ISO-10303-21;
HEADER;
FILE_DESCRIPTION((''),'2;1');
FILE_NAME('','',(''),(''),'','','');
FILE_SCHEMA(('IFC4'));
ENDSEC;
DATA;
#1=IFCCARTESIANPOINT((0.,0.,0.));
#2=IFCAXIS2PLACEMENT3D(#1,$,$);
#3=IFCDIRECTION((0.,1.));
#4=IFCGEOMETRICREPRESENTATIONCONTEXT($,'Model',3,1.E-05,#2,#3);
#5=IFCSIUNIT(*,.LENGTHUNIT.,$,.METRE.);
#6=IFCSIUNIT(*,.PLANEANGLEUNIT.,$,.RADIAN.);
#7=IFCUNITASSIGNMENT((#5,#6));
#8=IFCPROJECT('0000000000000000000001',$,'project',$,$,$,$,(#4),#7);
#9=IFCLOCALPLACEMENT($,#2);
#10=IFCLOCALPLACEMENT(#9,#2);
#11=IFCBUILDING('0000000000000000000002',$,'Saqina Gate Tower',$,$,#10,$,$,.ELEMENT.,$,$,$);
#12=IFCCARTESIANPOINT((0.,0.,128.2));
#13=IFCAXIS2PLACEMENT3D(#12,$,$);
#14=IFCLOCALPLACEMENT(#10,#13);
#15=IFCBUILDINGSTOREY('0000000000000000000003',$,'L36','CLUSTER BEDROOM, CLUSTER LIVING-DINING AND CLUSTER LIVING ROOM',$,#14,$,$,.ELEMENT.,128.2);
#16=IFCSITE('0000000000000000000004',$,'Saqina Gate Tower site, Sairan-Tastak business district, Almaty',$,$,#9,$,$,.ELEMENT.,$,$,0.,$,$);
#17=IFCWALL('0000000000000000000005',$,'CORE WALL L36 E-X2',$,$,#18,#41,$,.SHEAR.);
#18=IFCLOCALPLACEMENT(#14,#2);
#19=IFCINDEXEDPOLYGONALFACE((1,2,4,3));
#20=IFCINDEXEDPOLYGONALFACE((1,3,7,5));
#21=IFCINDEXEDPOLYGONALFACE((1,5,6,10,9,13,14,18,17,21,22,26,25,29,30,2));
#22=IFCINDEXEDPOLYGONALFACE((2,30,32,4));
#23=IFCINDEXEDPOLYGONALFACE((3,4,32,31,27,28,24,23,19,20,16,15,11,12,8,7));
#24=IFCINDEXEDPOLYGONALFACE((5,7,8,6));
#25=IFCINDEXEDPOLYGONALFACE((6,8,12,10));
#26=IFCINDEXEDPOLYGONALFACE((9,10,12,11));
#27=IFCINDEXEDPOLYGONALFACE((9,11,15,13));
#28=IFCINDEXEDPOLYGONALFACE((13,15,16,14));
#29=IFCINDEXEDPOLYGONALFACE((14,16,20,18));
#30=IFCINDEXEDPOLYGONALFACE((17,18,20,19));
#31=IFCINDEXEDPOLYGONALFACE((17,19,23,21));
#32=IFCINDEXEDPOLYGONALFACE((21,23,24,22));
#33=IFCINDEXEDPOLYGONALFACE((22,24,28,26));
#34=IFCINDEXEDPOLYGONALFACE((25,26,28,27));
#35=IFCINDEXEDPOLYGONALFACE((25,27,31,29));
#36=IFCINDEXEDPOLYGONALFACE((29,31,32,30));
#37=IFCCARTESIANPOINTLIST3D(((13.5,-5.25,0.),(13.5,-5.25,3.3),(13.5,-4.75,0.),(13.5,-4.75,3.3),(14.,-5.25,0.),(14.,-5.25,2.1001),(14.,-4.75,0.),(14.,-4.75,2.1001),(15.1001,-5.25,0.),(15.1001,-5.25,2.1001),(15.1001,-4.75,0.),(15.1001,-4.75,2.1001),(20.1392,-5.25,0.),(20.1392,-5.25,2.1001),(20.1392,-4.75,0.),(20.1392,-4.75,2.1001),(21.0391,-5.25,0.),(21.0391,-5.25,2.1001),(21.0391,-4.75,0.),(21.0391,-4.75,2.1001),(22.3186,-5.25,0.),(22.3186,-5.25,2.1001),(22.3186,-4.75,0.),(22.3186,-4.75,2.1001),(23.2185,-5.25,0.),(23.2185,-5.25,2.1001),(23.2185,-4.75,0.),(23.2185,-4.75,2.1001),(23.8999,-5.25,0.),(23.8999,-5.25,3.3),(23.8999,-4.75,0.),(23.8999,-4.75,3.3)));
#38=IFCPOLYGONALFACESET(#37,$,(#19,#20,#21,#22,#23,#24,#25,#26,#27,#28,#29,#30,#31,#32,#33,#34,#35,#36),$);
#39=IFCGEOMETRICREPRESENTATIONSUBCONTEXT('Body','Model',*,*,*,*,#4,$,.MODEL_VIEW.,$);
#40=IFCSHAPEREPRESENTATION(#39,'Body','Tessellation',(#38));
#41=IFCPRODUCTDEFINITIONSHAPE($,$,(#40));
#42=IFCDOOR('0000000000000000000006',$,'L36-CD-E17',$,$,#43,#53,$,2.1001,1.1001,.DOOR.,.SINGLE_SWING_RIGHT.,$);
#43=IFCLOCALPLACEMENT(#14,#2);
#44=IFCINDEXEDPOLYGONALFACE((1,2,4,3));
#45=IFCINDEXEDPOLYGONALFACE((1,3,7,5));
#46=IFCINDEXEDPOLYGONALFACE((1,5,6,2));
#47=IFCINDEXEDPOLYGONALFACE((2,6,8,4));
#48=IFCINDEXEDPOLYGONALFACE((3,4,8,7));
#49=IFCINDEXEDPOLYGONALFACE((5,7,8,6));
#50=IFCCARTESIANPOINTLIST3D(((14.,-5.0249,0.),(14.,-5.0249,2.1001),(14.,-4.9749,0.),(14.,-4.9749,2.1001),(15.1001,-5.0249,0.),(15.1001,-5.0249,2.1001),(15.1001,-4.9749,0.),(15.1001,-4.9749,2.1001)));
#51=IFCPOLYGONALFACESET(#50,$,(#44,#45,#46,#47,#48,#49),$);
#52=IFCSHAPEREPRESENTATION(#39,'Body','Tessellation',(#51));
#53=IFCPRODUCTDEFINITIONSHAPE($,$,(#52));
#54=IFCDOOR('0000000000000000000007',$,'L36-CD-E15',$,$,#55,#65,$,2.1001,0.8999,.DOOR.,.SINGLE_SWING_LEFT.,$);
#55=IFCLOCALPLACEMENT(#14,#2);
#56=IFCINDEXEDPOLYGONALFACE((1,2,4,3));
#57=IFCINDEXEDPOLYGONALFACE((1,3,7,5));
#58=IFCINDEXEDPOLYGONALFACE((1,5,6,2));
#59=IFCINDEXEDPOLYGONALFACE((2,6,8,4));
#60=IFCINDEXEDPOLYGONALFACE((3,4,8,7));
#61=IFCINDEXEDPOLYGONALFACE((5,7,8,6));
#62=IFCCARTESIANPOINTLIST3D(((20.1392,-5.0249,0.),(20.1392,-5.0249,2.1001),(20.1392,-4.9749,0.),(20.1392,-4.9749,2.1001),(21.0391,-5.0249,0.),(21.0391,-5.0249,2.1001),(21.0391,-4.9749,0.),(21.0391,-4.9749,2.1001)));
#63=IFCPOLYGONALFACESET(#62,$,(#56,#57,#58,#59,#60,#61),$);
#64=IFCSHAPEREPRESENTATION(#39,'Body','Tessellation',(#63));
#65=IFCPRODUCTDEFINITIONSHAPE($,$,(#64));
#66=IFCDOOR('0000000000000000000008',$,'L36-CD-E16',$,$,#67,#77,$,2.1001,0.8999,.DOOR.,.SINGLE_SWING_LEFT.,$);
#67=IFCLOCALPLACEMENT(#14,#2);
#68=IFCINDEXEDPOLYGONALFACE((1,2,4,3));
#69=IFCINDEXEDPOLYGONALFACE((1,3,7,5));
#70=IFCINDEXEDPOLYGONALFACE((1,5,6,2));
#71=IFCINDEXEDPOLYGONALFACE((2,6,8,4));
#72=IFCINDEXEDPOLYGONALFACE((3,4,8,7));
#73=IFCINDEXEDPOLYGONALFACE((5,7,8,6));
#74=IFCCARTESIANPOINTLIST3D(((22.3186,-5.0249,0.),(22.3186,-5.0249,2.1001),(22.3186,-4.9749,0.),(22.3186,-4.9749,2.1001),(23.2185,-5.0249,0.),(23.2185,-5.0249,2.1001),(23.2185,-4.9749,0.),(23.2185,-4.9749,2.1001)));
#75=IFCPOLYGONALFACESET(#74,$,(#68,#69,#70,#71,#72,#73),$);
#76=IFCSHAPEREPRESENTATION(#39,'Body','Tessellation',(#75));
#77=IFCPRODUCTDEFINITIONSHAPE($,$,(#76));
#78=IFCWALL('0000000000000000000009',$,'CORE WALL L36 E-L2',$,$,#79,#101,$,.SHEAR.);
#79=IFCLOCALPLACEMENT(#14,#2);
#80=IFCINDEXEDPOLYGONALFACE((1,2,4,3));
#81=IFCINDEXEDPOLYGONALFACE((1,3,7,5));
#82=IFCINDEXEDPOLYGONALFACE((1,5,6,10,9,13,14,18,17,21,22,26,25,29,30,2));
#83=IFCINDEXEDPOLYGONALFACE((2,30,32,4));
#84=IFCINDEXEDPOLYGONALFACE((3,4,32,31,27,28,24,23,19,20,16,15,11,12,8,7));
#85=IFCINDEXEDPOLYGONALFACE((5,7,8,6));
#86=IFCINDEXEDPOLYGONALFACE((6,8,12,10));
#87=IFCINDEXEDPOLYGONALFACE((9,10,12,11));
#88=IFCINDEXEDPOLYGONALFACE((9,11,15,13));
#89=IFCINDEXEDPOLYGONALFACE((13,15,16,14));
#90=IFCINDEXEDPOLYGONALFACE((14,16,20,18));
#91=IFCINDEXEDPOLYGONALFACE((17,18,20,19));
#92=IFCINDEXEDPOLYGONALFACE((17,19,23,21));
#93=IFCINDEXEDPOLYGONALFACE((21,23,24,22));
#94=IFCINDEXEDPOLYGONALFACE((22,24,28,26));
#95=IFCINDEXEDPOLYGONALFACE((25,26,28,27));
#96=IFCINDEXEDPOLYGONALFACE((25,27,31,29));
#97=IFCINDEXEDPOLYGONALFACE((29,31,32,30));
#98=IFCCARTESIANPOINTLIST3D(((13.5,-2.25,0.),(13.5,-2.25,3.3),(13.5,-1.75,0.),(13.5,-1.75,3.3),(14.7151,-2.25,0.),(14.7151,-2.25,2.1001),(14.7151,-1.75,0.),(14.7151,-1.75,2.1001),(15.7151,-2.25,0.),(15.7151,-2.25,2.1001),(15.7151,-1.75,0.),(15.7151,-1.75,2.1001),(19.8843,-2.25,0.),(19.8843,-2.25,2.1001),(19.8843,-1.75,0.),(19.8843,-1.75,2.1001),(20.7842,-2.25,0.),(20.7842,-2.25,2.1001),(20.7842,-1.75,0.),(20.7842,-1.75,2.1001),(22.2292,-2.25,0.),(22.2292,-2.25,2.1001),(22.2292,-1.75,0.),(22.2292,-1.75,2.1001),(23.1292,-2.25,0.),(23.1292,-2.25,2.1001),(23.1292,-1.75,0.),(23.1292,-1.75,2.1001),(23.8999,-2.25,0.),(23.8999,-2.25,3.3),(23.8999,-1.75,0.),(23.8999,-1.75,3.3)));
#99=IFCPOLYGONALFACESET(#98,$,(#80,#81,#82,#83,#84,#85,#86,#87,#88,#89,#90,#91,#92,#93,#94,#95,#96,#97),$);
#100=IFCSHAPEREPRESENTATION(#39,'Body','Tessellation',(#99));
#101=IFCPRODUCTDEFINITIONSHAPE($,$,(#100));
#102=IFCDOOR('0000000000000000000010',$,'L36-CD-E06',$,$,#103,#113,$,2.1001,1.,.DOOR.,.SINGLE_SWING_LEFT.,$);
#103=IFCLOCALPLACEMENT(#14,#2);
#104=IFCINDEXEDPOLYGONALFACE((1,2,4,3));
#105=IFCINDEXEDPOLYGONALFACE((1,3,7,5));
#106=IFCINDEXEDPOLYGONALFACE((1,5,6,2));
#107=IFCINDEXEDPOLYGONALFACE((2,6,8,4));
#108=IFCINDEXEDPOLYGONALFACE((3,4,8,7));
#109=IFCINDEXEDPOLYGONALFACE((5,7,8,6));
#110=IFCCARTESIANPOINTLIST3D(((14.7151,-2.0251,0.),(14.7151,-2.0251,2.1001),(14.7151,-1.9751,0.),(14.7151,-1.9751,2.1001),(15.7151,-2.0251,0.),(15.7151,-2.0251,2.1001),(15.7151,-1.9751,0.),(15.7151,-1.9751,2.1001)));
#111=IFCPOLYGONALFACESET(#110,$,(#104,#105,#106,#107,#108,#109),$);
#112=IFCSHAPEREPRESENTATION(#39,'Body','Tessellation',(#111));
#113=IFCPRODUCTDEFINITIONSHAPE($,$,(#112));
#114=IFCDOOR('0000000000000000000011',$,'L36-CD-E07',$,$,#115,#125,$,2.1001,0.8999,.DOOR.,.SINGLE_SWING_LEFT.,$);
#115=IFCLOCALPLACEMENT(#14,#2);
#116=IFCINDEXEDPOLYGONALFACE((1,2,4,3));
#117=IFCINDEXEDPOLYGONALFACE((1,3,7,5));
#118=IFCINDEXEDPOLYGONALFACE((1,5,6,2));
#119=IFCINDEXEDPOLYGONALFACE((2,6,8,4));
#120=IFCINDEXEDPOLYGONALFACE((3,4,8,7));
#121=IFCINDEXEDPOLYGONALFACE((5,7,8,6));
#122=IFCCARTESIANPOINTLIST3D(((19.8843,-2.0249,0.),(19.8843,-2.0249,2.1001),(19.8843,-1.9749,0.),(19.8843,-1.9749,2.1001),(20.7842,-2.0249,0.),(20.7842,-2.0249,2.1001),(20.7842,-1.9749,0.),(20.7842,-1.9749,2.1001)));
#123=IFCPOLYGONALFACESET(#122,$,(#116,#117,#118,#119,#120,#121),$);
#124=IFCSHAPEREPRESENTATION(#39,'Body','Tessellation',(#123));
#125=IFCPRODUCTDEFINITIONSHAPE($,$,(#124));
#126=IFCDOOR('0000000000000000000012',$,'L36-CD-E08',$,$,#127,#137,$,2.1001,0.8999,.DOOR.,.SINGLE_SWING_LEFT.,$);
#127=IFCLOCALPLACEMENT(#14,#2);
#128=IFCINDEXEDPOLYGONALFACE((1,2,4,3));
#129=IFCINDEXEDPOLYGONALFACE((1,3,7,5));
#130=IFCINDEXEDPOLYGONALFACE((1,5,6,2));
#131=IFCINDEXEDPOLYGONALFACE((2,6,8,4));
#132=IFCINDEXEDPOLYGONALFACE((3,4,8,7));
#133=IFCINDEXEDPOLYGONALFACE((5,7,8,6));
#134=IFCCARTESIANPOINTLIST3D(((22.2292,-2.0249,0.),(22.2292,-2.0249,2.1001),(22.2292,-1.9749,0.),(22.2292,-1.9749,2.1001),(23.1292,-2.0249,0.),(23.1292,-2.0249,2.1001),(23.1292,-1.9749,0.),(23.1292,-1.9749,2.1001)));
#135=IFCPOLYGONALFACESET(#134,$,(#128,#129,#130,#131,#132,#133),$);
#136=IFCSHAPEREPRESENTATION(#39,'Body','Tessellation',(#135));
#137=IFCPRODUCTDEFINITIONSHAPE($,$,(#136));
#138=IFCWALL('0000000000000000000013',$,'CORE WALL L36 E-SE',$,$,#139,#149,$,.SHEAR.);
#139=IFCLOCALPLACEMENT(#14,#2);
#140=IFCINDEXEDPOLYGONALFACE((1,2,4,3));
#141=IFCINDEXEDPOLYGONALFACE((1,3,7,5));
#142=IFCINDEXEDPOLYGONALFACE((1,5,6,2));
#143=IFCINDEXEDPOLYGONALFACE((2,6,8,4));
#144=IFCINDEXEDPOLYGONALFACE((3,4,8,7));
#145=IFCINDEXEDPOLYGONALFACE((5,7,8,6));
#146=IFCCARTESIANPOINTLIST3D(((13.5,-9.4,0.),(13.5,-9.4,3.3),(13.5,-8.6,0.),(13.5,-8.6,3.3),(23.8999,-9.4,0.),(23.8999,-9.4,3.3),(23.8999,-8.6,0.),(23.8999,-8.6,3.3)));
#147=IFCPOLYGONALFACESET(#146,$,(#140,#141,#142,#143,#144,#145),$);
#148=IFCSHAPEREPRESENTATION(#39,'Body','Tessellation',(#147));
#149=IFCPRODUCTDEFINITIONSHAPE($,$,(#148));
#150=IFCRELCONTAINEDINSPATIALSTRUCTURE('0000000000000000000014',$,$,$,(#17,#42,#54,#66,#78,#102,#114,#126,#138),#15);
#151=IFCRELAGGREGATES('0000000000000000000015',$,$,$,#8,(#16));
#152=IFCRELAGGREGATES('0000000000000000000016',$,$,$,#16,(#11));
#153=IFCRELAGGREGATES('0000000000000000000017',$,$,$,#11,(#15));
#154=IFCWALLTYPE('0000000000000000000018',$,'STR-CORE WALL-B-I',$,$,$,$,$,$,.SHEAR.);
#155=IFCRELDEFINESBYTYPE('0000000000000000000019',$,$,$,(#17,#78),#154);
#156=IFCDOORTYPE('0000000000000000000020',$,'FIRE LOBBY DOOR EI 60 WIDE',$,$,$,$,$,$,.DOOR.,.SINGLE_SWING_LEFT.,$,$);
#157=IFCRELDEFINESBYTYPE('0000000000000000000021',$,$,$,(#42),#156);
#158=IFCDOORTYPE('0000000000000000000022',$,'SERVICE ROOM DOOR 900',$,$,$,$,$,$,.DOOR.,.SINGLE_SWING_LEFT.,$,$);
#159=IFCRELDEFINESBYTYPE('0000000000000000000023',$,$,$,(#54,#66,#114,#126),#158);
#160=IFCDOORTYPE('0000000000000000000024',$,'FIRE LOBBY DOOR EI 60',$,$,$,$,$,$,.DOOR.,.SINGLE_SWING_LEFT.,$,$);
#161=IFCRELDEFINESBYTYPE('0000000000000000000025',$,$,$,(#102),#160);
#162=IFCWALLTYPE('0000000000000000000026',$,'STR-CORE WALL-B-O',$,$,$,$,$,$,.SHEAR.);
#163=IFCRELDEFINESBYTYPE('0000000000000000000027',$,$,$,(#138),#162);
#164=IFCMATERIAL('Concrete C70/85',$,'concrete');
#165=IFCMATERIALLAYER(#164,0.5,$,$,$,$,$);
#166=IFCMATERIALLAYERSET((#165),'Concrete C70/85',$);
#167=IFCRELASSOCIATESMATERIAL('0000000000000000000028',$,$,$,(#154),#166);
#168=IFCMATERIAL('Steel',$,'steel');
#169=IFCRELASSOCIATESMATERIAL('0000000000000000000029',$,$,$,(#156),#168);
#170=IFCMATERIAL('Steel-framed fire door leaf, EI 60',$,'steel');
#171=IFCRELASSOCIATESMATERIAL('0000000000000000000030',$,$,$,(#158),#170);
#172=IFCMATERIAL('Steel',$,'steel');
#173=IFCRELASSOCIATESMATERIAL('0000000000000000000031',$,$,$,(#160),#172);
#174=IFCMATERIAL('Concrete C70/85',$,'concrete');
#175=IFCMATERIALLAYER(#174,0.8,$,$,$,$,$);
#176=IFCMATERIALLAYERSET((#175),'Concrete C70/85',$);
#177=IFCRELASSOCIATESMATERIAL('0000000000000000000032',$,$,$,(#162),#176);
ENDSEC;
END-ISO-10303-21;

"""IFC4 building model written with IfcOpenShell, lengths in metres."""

from ifc_helpers import new_model, si_unit, direction, frame, frame_2d, origin, place, context, subcontext, project, spatial, rectangle, extrude, material, layer, layer_set, type_object, element, fill, save


model = new_model("IFC4")

# Units and contexts
model_context = context("Model", 3, precision=1e-05, world=origin(), true_north=direction((0.0, 1.0)))
body_context = subcontext(model_context, "Body", "Model", "MODEL_VIEW")
ifc_project = project(units=[si_unit("LENGTHUNIT", "METRE"), si_unit("PLANEANGLEUNIT", "RADIAN")], contexts=[model_context])

# Site, building, storey
site_placement = place(None, origin())
site = spatial("IfcSite", under=ifc_project, at=site_placement, Name="Saqina Gate Tower site, Sairan-Tastak business district, Almaty", CompositionType="ELEMENT", RefElevation=0.0)
building_placement = place(site_placement, origin())
building = spatial("IfcBuilding", under=site, at=building_placement, Name="Saqina Gate Tower", CompositionType="ELEMENT")
storey_placement = place(building_placement, frame((0.0, 0.0, 128.2)))
storey = spatial("IfcBuildingStorey", under=building, at=storey_placement, Name="L36", Description="CLUSTER BEDROOM, CLUSTER LIVING-DINING AND CLUSTER LIVING ROOM", CompositionType="ELEMENT", Elevation=128.2)

# Walls, openings, doors
ifc_material_1 = material(Name="Concrete C70/85", Category="concrete")
ifc_layer_1 = layer(ifc_material_1, 0.5)
ifc_layer_set_1 = layer_set([ifc_layer_1], Name="Concrete C70/85")
wall_type_1 = type_object("IfcWallType", Name="STR-CORE WALL-B-I", PredefinedType="SHEAR", material=ifc_layer_set_1)
wall_1_placement = place(storey_placement, frame((13.5, -5.0, 0.0), z_axis=(0.0, 0.0, 1.0), x_axis=(1.0, 0.0, 0.0)))
wall_1 = element("IfcWall", 1, at=wall_1_placement, inside=storey, type_object=wall_type_1, Name="CORE WALL L36 E-X2", PredefinedType="SHEAR", context=body_context, shape_type="SweptSolid", body=[
    extrude(rectangle(XDim=10.3999, YDim=0.5, at=frame_2d((5.2, 0.0))), origin(), (0.0, 0.0, 1.0), 3.3),
])
opening_1_placement = place(wall_1_placement, frame((6.6392, 0.0, 0.0)))
opening_1 = element("IfcOpeningElement", 2, at=opening_1_placement, cuts=wall_1, PredefinedType="OPENING", context=body_context, shape_type="SweptSolid", body=[
    extrude(rectangle(XDim=0.8999, YDim=2.1001, at=frame_2d((0.45, 1.05))), frame((0.0, 0.262, 0.0), z_axis=(0.0, -1.0, 0.0), x_axis=(1.0, 0.0, 0.0)), (0.0, 0.0, 1.0), 0.5239),
])
opening_2_placement = place(wall_1_placement, frame((8.8186, 0.0, 0.0)))
opening_2 = element("IfcOpeningElement", 3, at=opening_2_placement, cuts=wall_1, PredefinedType="OPENING", context=body_context, shape_type="SweptSolid", body=[
    extrude(rectangle(XDim=0.8999, YDim=2.1001, at=frame_2d((0.45, 1.05))), frame((0.0, 0.262, 0.0), z_axis=(0.0, -1.0, 0.0), x_axis=(1.0, 0.0, 0.0)), (0.0, 0.0, 1.0), 0.5239),
])
opening_3_placement = place(wall_1_placement, frame((0.5, 0.0, 0.0)))
opening_3 = element("IfcOpeningElement", 4, at=opening_3_placement, cuts=wall_1, PredefinedType="OPENING", context=body_context, shape_type="SweptSolid", body=[
    extrude(rectangle(XDim=1.1001, YDim=2.1001, at=frame_2d((0.55, 1.05))), frame((0.0, 0.262, 0.0), z_axis=(0.0, -1.0, 0.0), x_axis=(1.0, 0.0, 0.0)), (0.0, 0.0, 1.0), 0.5239),
])
ifc_material_2 = material(Name="Steel", Category="steel")
door_type_1 = type_object("IfcDoorType", Name="FIRE LOBBY DOOR EI 60 WIDE", OperationType="SINGLE_SWING_LEFT", PredefinedType="DOOR", material=ifc_material_2)
door_1_placement = place(opening_3_placement, frame((1.1001, 0.0, 0.0), z_axis=(0.0, 0.0, 1.0), x_axis=(-1.0, 0.0, 0.0)))
door_1 = element("IfcDoor", 5, at=door_1_placement, inside=storey, type_object=door_type_1, Name="L36-CD-E17", OperationType="SINGLE_SWING_RIGHT", OverallHeight=2.1001, OverallWidth=1.1001, PredefinedType="DOOR", context=body_context, shape_type="SweptSolid", body=[
    extrude(rectangle(XDim=1.1001, YDim=2.1001, at=frame_2d((0.55, 1.05))), frame((0.0, 0.0249, 0.0), z_axis=(0.0, -1.0, 0.0), x_axis=(1.0, 0.0, 0.0)), (0.0, 0.0, 1.0), 0.05),
])
fill(opening_3, door_1)
ifc_material_3 = material(Name="Steel-framed fire door leaf, EI 60", Category="steel")
door_type_2 = type_object("IfcDoorType", Name="SERVICE ROOM DOOR 900", OperationType="SINGLE_SWING_LEFT", PredefinedType="DOOR", material=ifc_material_3)
door_2_placement = place(opening_1_placement, frame((0.8999, 0.0, 0.0), z_axis=(0.0, 0.0, 1.0), x_axis=(-1.0, 0.0, 0.0)))
door_2 = element("IfcDoor", 6, at=door_2_placement, inside=storey, type_object=door_type_2, Name="L36-CD-E15", OperationType="SINGLE_SWING_LEFT", OverallHeight=2.1001, OverallWidth=0.8999, PredefinedType="DOOR", context=body_context, shape_type="SweptSolid", body=[
    extrude(rectangle(XDim=0.8999, YDim=2.1001, at=frame_2d((0.45, 1.05))), frame((0.0, 0.0249, 0.0), z_axis=(0.0, -1.0, 0.0), x_axis=(1.0, 0.0, 0.0)), (0.0, 0.0, 1.0), 0.05),
])
fill(opening_1, door_2)
door_3_placement = place(opening_2_placement, frame((0.8999, 0.0, 0.0), z_axis=(0.0, 0.0, 1.0), x_axis=(-1.0, 0.0, 0.0)))
door_3 = element("IfcDoor", 7, at=door_3_placement, inside=storey, type_object=door_type_2, Name="L36-CD-E16", OperationType="SINGLE_SWING_LEFT", OverallHeight=2.1001, OverallWidth=0.8999, PredefinedType="DOOR", context=body_context, shape_type="SweptSolid", body=[
    extrude(rectangle(XDim=0.8999, YDim=2.1001, at=frame_2d((0.45, 1.05))), frame((0.0, 0.0249, 0.0), z_axis=(0.0, -1.0, 0.0), x_axis=(1.0, 0.0, 0.0)), (0.0, 0.0, 1.0), 0.05),
])
fill(opening_2, door_3)
wall_2_placement = place(storey_placement, frame((13.5, -2.0, 0.0), z_axis=(0.0, 0.0, 1.0), x_axis=(1.0, 0.0, 0.0)))
wall_2 = element("IfcWall", 8, at=wall_2_placement, inside=storey, type_object=wall_type_1, Name="CORE WALL L36 E-L2", PredefinedType="SHEAR", context=body_context, shape_type="SweptSolid", body=[
    extrude(rectangle(XDim=10.3999, YDim=0.5, at=frame_2d((5.2, 0.0))), origin(), (0.0, 0.0, 1.0), 3.3),
])
opening_4_placement = place(wall_2_placement, frame((1.2151, 0.0, 0.0)))
opening_4 = element("IfcOpeningElement", 9, at=opening_4_placement, cuts=wall_2, PredefinedType="OPENING", context=body_context, shape_type="SweptSolid", body=[
    extrude(rectangle(XDim=1.0, YDim=2.1001, at=frame_2d((0.5, 1.05))), frame((0.0, 0.262, 0.0), z_axis=(0.0, -1.0, 0.0), x_axis=(1.0, 0.0, 0.0)), (0.0, 0.0, 1.0), 0.5239),
])
opening_5_placement = place(wall_2_placement, frame((6.3843, 0.0, 0.0)))
opening_5 = element("IfcOpeningElement", 10, at=opening_5_placement, cuts=wall_2, PredefinedType="OPENING", context=body_context, shape_type="SweptSolid", body=[
    extrude(rectangle(XDim=0.8999, YDim=2.1001, at=frame_2d((0.45, 1.05))), frame((0.0, 0.262, 0.0), z_axis=(0.0, -1.0, 0.0), x_axis=(1.0, 0.0, 0.0)), (0.0, 0.0, 1.0), 0.5239),
])
opening_6_placement = place(wall_2_placement, frame((8.7292, 0.0, 0.0)))
opening_6 = element("IfcOpeningElement", 11, at=opening_6_placement, cuts=wall_2, PredefinedType="OPENING", context=body_context, shape_type="SweptSolid", body=[
    extrude(rectangle(XDim=0.8999, YDim=2.1001, at=frame_2d((0.45, 1.05))), frame((0.0, 0.262, 0.0), z_axis=(0.0, -1.0, 0.0), x_axis=(1.0, 0.0, 0.0)), (0.0, 0.0, 1.0), 0.5239),
])
ifc_material_4 = material(Name="Steel", Category="steel")
door_type_3 = type_object("IfcDoorType", Name="FIRE LOBBY DOOR EI 60", OperationType="SINGLE_SWING_LEFT", PredefinedType="DOOR", material=ifc_material_4)
door_4_placement = place(opening_4_placement, origin())
door_4 = element("IfcDoor", 12, at=door_4_placement, inside=storey, type_object=door_type_3, Name="L36-CD-E06", OperationType="SINGLE_SWING_LEFT", OverallHeight=2.1001, OverallWidth=1.0, PredefinedType="DOOR", context=body_context, shape_type="SweptSolid", body=[
    extrude(rectangle(XDim=1.0, YDim=2.1001, at=frame_2d((0.5, 1.05))), frame((0.0, 0.0249, 0.0), z_axis=(0.0, -1.0, 0.0), x_axis=(1.0, 0.0, 0.0)), (0.0, 0.0, 1.0), 0.05),
])
fill(opening_4, door_4)
door_5_placement = place(opening_5_placement, frame((0.8999, 0.0, 0.0), z_axis=(0.0, 0.0, 1.0), x_axis=(-1.0, 0.0, 0.0)))
door_5 = element("IfcDoor", 13, at=door_5_placement, inside=storey, type_object=door_type_2, Name="L36-CD-E07", OperationType="SINGLE_SWING_LEFT", OverallHeight=2.1001, OverallWidth=0.8999, PredefinedType="DOOR", context=body_context, shape_type="SweptSolid", body=[
    extrude(rectangle(XDim=0.8999, YDim=2.1001, at=frame_2d((0.45, 1.05))), frame((0.0, 0.0249, 0.0), z_axis=(0.0, -1.0, 0.0), x_axis=(1.0, 0.0, 0.0)), (0.0, 0.0, 1.0), 0.05),
])
fill(opening_5, door_5)
door_6_placement = place(opening_6_placement, frame((0.8999, 0.0, 0.0), z_axis=(0.0, 0.0, 1.0), x_axis=(-1.0, 0.0, 0.0)))
door_6 = element("IfcDoor", 14, at=door_6_placement, inside=storey, type_object=door_type_2, Name="L36-CD-E08", OperationType="SINGLE_SWING_LEFT", OverallHeight=2.1001, OverallWidth=0.8999, PredefinedType="DOOR", context=body_context, shape_type="SweptSolid", body=[
    extrude(rectangle(XDim=0.8999, YDim=2.1001, at=frame_2d((0.45, 1.05))), frame((0.0, 0.0249, 0.0), z_axis=(0.0, -1.0, 0.0), x_axis=(1.0, 0.0, 0.0)), (0.0, 0.0, 1.0), 0.05),
])
fill(opening_6, door_6)
ifc_material_5 = material(Name="Concrete C70/85", Category="concrete")
ifc_layer_2 = layer(ifc_material_5, 0.8)
ifc_layer_set_2 = layer_set([ifc_layer_2], Name="Concrete C70/85")
wall_type_2 = type_object("IfcWallType", Name="STR-CORE WALL-B-O", PredefinedType="SHEAR", material=ifc_layer_set_2)

# Wall
wall_3_placement = place(storey_placement, frame((13.5, -9.0, 0.0), z_axis=(0.0, 0.0, 1.0), x_axis=(1.0, 0.0, 0.0)))
element("IfcWall", 15, at=wall_3_placement, inside=storey, type_object=wall_type_2, Name="CORE WALL L36 E-SE", PredefinedType="SHEAR", context=body_context, shape_type="SweptSolid", body=[
    extrude(rectangle(XDim=10.3999, YDim=0.8, at=frame_2d((5.2, 0.0))), origin(), (0.0, 0.0, 1.0), 3.3),
])

save(model, "model.ifc")
